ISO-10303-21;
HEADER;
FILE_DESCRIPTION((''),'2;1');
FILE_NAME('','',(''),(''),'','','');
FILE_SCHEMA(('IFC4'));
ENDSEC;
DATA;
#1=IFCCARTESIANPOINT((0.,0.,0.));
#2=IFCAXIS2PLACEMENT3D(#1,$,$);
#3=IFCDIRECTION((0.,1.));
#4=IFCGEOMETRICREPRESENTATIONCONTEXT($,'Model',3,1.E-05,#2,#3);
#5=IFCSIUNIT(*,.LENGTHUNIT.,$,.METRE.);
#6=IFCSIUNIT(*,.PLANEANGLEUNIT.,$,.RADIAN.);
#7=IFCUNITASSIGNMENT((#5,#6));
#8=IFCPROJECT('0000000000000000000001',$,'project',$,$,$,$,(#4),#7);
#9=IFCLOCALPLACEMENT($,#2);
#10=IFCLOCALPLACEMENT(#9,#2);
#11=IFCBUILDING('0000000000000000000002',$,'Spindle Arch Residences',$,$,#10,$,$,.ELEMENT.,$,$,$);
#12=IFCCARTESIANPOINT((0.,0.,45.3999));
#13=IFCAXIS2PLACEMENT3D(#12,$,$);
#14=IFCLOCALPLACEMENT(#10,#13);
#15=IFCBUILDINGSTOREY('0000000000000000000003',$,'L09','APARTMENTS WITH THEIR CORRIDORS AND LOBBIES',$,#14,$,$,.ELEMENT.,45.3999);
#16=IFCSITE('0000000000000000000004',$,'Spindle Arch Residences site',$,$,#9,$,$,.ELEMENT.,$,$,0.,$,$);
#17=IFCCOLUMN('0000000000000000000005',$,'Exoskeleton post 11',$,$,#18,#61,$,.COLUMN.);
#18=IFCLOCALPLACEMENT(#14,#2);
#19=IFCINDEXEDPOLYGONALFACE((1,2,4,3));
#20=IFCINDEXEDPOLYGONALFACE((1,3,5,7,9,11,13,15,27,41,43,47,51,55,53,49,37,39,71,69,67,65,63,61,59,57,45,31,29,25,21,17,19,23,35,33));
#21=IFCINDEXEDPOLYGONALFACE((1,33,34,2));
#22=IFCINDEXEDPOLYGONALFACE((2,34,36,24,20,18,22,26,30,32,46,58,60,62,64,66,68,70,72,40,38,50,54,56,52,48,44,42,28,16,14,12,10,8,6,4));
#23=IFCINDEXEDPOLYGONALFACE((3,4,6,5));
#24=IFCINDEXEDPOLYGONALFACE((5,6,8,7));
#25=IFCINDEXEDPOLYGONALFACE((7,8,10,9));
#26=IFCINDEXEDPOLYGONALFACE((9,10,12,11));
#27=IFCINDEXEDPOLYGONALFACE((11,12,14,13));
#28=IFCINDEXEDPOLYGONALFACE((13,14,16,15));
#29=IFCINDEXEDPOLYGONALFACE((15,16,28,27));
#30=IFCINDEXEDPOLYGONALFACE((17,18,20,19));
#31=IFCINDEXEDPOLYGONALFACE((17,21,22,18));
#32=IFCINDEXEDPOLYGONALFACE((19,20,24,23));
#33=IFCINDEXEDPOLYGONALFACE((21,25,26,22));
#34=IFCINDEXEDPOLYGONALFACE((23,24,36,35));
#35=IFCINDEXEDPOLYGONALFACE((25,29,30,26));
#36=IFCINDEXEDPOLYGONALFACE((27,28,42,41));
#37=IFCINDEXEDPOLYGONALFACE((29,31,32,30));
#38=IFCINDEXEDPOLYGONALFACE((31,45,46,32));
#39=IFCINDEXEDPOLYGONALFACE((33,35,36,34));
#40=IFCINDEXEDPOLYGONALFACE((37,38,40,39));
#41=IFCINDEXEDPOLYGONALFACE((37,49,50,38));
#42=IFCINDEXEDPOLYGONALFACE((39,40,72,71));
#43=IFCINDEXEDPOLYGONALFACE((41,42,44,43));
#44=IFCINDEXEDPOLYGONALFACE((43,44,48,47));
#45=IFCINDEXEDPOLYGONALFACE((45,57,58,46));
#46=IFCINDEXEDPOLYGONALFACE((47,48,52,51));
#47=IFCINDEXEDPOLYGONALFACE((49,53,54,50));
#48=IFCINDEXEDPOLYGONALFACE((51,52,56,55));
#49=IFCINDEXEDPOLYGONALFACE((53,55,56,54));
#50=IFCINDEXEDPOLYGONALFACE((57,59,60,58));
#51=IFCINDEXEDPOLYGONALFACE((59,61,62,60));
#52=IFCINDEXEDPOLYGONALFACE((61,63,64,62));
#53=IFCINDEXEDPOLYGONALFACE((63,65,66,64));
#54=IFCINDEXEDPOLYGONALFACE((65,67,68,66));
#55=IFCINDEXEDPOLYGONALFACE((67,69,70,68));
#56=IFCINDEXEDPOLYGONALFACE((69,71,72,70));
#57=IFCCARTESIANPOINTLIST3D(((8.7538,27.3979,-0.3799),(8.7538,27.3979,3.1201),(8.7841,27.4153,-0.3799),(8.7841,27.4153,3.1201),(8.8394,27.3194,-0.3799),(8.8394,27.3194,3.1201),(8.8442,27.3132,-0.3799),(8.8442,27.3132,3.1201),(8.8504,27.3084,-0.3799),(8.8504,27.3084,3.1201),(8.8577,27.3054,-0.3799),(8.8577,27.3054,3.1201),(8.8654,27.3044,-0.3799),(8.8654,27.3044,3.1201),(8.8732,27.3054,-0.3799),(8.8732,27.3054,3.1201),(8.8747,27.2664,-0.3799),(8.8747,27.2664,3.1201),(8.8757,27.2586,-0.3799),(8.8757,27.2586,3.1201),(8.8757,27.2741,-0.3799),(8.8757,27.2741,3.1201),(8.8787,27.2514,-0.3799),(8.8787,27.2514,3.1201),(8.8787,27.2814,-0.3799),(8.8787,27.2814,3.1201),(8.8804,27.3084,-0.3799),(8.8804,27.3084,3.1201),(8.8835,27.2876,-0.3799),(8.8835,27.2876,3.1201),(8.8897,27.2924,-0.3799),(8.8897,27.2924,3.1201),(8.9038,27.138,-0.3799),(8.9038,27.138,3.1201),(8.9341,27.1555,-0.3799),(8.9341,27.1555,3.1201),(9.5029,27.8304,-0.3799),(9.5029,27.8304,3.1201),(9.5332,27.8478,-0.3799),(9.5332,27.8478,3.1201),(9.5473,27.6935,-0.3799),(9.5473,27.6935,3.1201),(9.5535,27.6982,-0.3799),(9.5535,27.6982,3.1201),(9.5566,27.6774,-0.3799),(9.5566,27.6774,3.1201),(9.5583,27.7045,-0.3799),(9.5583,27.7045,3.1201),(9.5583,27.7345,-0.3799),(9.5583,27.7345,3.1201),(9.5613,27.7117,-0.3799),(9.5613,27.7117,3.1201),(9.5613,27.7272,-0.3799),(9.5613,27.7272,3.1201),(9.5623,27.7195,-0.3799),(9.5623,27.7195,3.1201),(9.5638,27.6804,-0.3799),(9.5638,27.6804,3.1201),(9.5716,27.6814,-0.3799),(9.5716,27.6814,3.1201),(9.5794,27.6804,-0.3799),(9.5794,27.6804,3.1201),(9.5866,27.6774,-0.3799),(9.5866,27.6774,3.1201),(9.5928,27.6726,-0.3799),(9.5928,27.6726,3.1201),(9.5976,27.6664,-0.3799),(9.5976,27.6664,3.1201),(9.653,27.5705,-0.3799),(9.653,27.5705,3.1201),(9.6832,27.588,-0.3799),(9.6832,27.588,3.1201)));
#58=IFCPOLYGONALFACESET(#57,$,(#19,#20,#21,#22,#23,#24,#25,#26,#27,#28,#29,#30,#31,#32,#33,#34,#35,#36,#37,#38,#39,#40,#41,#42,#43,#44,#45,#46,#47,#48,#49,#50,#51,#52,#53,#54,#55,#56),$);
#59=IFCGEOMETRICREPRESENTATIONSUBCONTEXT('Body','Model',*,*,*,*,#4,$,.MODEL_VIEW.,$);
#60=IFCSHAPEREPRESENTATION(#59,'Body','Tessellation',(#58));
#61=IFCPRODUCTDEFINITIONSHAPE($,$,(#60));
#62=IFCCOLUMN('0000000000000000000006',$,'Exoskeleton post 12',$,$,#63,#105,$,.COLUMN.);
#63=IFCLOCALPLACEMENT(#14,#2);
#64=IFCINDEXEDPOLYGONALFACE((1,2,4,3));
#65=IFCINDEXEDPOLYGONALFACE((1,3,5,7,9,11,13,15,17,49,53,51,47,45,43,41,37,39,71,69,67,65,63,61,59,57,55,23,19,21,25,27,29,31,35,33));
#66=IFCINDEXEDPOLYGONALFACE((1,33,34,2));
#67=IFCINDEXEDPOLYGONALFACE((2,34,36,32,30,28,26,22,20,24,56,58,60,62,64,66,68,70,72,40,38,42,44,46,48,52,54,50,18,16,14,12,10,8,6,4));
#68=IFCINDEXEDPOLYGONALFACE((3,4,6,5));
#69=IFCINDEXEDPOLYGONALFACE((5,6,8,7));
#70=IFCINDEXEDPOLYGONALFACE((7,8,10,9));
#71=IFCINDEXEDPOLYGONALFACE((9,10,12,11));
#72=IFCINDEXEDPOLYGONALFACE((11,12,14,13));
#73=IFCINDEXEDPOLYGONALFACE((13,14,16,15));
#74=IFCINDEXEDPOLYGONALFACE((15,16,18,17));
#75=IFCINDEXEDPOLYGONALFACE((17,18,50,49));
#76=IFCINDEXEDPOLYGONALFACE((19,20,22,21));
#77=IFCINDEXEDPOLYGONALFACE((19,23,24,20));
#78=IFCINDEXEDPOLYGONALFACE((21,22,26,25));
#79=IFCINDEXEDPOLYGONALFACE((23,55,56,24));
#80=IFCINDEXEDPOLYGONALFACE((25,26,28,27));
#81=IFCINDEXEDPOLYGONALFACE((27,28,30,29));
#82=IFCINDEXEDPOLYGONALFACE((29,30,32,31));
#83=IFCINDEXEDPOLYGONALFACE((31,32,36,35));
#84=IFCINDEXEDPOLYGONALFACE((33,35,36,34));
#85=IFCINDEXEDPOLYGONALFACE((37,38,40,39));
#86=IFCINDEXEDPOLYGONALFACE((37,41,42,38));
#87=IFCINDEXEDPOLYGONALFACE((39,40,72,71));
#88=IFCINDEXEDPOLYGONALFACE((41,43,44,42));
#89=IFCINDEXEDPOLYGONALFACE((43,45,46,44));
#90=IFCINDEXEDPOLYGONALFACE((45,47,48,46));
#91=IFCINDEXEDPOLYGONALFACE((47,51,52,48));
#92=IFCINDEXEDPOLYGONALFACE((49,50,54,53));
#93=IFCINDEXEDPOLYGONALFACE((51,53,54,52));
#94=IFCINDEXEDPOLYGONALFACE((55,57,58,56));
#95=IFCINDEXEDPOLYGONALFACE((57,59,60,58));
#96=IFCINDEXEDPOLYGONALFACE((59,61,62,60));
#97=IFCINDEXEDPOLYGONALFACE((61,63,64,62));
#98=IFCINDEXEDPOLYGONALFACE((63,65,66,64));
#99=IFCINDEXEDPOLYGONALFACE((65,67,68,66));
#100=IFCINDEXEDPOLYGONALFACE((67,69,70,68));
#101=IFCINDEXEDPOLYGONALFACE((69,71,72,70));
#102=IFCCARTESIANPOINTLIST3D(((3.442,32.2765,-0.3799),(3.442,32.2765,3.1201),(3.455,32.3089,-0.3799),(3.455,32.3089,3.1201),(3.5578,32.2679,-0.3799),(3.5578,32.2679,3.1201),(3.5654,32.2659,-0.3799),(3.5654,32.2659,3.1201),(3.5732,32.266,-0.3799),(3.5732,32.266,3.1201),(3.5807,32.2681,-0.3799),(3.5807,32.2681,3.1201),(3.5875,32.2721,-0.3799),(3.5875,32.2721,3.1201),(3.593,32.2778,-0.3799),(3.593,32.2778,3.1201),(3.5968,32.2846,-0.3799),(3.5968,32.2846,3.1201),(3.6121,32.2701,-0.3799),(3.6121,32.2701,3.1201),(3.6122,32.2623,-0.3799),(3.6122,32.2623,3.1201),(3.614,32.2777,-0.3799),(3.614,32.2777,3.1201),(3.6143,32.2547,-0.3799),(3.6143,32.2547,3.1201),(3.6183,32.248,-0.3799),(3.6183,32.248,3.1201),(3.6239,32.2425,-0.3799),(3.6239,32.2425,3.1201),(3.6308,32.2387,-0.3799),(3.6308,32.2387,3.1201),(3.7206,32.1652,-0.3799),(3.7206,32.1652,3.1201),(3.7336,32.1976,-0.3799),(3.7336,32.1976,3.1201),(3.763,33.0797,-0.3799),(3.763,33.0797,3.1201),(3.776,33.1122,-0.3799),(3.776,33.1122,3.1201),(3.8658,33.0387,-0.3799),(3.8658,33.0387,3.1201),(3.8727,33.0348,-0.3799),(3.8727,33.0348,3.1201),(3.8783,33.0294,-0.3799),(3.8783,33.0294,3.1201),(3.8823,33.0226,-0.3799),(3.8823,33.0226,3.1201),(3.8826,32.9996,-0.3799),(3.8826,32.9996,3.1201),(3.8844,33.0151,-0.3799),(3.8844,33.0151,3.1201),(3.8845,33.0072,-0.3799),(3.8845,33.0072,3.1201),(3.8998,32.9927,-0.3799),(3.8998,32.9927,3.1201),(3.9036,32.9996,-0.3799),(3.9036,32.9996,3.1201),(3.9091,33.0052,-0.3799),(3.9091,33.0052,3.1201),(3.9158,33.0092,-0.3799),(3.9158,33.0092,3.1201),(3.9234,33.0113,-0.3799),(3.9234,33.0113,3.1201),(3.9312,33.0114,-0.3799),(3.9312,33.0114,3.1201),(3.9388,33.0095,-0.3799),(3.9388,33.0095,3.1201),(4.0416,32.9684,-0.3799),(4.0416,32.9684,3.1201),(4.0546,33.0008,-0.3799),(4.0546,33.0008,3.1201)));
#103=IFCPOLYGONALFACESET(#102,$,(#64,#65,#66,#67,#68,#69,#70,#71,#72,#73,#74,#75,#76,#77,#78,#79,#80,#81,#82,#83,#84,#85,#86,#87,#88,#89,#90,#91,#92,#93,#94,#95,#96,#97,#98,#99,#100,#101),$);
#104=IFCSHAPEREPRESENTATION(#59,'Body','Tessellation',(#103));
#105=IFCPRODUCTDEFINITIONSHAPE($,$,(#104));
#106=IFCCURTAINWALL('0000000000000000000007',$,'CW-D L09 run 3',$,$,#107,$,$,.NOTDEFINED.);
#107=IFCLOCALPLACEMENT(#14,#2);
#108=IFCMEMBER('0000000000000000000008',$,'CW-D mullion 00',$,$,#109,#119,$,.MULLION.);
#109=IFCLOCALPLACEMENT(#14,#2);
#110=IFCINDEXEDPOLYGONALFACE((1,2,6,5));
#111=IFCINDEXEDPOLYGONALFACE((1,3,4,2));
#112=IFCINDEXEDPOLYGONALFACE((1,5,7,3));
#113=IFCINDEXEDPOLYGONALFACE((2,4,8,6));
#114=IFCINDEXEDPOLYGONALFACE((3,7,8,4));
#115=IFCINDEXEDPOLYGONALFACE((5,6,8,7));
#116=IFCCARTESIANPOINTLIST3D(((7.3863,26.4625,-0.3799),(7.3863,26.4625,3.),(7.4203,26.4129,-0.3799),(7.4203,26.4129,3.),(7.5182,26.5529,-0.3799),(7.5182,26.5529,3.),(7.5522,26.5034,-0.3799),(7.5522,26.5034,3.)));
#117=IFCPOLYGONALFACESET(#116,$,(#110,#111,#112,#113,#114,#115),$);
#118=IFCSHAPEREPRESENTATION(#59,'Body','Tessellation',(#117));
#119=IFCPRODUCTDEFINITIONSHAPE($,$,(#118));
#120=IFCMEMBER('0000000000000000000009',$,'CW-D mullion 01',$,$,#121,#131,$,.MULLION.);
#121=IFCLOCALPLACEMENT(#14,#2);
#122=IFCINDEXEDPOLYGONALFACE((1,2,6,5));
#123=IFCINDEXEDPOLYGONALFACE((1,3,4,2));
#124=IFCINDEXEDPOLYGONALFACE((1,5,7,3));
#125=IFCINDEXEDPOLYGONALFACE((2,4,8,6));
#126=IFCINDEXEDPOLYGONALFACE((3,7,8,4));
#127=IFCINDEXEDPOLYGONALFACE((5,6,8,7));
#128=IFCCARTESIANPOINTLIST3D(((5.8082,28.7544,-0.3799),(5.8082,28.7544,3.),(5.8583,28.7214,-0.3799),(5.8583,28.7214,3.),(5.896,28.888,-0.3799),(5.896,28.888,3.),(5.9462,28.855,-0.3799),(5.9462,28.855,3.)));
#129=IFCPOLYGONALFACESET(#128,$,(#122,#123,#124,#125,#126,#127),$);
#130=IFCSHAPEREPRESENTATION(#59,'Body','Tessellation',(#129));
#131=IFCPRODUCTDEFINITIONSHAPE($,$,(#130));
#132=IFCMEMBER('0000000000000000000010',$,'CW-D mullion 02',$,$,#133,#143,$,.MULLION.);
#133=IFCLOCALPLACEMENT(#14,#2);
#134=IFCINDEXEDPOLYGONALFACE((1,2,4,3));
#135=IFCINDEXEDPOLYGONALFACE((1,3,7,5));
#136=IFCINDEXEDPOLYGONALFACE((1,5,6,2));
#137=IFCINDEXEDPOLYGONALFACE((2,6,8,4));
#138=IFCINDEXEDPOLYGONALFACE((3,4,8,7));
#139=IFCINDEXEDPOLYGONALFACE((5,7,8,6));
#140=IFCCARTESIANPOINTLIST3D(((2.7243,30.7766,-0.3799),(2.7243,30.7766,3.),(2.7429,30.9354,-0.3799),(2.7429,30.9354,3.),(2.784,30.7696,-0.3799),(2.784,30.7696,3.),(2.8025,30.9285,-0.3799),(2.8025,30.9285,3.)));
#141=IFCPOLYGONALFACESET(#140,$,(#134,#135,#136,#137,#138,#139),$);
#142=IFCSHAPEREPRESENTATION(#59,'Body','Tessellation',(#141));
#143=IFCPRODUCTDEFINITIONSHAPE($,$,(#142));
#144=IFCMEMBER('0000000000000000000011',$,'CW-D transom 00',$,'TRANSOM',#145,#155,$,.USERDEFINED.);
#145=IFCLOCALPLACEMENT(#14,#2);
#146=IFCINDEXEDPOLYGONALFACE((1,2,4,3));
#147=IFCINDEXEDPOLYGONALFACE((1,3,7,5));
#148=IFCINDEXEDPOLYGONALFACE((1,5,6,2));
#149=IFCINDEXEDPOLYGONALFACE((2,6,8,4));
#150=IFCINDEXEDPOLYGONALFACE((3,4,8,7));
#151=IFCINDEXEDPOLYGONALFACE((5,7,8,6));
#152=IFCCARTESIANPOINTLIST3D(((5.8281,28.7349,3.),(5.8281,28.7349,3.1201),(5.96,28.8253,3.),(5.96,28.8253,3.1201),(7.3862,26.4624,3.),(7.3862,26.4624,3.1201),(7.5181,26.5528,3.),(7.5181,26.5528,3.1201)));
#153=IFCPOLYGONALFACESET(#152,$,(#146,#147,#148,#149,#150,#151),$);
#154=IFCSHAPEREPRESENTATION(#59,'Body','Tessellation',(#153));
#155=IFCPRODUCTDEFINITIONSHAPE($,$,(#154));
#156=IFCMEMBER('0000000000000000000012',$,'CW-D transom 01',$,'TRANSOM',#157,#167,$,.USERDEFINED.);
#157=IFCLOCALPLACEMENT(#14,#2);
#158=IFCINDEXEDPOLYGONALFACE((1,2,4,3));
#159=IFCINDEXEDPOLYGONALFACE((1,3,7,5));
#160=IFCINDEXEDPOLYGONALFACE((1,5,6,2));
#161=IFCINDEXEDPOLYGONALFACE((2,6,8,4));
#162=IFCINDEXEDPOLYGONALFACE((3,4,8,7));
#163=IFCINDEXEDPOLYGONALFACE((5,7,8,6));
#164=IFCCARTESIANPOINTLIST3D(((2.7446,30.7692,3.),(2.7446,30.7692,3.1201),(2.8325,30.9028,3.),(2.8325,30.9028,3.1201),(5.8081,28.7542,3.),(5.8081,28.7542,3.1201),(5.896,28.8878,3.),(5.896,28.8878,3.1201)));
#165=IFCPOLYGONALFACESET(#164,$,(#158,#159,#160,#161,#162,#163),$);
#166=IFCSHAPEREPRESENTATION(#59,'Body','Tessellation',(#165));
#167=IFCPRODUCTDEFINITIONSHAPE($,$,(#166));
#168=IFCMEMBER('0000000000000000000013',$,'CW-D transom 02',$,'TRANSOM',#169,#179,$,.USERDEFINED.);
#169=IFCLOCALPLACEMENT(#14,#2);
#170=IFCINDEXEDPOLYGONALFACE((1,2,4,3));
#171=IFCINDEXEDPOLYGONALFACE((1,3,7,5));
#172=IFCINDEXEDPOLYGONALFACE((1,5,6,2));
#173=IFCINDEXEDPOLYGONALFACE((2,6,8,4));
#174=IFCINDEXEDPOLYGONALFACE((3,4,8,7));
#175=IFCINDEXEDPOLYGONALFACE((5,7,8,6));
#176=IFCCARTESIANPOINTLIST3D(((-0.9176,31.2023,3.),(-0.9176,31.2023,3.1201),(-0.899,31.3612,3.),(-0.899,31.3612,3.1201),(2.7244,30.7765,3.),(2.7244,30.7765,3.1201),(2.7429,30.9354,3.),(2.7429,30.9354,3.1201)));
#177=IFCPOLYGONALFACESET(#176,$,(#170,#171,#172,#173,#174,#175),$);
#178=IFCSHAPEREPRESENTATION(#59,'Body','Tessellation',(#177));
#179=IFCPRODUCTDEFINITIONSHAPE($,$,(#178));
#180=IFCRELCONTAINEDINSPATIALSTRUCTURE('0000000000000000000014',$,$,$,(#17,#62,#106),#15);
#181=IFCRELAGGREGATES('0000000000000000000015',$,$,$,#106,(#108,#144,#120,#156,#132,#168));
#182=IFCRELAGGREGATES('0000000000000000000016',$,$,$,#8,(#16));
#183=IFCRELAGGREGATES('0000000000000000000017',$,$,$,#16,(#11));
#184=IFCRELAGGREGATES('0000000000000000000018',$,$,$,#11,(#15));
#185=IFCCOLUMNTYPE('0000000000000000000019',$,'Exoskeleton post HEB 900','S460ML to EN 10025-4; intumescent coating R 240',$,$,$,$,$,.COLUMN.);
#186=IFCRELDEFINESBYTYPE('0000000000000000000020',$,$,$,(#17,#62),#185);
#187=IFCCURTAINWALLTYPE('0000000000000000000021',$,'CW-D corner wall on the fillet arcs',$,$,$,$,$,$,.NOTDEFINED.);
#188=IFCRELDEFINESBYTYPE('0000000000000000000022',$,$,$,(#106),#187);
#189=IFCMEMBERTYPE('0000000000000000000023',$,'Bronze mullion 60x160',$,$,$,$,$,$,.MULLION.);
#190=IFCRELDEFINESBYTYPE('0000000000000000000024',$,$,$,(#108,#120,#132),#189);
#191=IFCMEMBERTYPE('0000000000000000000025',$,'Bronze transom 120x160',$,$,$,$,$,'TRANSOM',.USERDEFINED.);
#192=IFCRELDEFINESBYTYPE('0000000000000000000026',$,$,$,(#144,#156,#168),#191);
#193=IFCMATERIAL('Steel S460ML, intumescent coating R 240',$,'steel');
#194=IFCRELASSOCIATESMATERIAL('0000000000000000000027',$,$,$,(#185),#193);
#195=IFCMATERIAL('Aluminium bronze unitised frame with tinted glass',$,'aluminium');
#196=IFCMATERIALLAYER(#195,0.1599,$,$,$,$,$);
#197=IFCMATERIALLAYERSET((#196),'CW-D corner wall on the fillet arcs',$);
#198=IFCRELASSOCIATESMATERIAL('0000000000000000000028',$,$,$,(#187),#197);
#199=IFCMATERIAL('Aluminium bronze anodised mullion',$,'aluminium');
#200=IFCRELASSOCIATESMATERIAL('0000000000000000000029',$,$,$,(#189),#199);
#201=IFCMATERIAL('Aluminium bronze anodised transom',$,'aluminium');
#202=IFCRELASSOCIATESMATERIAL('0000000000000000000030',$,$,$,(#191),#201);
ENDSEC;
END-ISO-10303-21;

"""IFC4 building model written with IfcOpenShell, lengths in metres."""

from ifc_helpers import new_model, si_unit, direction, frame, origin, origin_2d, place, context, subcontext, project, spatial, rectangle, i_section, extrude, material, layer, layer_set, material_profile, profile_set, type_object, element, aggregate, save


model = new_model("IFC4")

# Units and contexts
model_context = context("Model", 3, precision=1e-05, world=origin(), true_north=direction((0.0, 1.0)))
body_context = subcontext(model_context, "Body", "Model", "MODEL_VIEW")
ifc_project = project(units=[si_unit("LENGTHUNIT", "METRE"), si_unit("PLANEANGLEUNIT", "RADIAN")], contexts=[model_context])

# Site, building, storey
site_placement = place(None, origin())
site = spatial("IfcSite", under=ifc_project, at=site_placement, Name="Spindle Arch Residences site", CompositionType="ELEMENT", RefElevation=0.0)
building_placement = place(site_placement, origin())
building = spatial("IfcBuilding", under=site, at=building_placement, Name="Spindle Arch Residences", CompositionType="ELEMENT")
storey_placement = place(building_placement, frame((0.0, 0.0, 45.3999)))
storey = spatial("IfcBuildingStorey", under=building, at=storey_placement, Name="L09", Description="APARTMENTS WITH THEIR CORRIDORS AND LOBBIES", CompositionType="ELEMENT", Elevation=45.3999)

# Columns
ifc_material_1 = material(Name="Steel S460ML, intumescent coating R 240", Category="steel")
ifc_material_profile_1 = material_profile(ifc_material_1, i_section(OverallWidth=0.3, OverallDepth=0.8999, WebThickness=0.0186, FlangeThickness=0.0349, FilletRadius=0.03, at=origin_2d()), Name="HEB 900")
ifc_profile_set_1 = profile_set([ifc_material_profile_1], Name="Steel S460ML, intumescent coating R 240")
column_type = type_object("IfcColumnType", Name="Exoskeleton post HEB 900", Description="S460ML to EN 10025-4; intumescent coating R 240", PredefinedType="COLUMN", material=ifc_profile_set_1)
for number, where, z_axis, x_axis, name in (
    (1, (9.2185, 27.4929, -0.3799), (0.0, 0.0, 1.0), (0.5, -0.866025, 0.0), "Exoskeleton post 11"),
    (2, (3.7483, 32.6387, -0.3799), (0.0, 0.0, 1.0), (0.92859, -0.371108, 0.0), "Exoskeleton post 12"),
):
    element("IfcColumn", number, at=place(storey_placement, frame(where, z_axis=z_axis, x_axis=x_axis)), inside=storey, type_object=column_type, Name=name, PredefinedType="COLUMN", context=body_context, shape_type="SweptSolid", body=[
        extrude(i_section(OverallWidth=0.3, OverallDepth=0.8999, WebThickness=0.0186, FlangeThickness=0.0349, FilletRadius=0.03, at=origin_2d()), origin(), (0.0, 0.0, 1.0), 3.5),
    ])

# Curtain wall, members
ifc_material_2 = material(Name="Aluminium bronze unitised frame with tinted glass", Category="aluminium")
ifc_layer_1 = layer(ifc_material_2, 0.1599)
ifc_layer_set_1 = layer_set([ifc_layer_1], Name="CW-D corner wall on the fillet arcs")
curtain_wall_type_1 = type_object("IfcCurtainWallType", Name="CW-D corner wall on the fillet arcs", PredefinedType="NOTDEFINED", material=ifc_layer_set_1)
curtain_wall_1_placement = place(storey_placement, origin())
curtain_wall_1 = element("IfcCurtainWall", 3, at=curtain_wall_1_placement, inside=storey, type_object=curtain_wall_type_1, Name="CW-D L09 run 3", PredefinedType="NOTDEFINED")
ifc_material_3 = material(Name="Aluminium bronze anodised mullion", Category="aluminium")
ifc_material_profile_2 = material_profile(ifc_material_3, rectangle(XDim=0.1599, YDim=0.0601, at=origin_2d()), Name="MU 60x160")
ifc_profile_set_2 = profile_set([ifc_material_profile_2], Name="Aluminium bronze anodised mullion")
member_type_1 = type_object("IfcMemberType", Name="Bronze mullion 60x160", PredefinedType="MULLION", material=ifc_profile_set_2)
member_1_placement = place(storey_placement, frame((7.4692, 26.4829, -0.3799), z_axis=(0.0, 0.0, 1.0), x_axis=(-0.824748, -0.565501, 0.0)))
member_1 = element("IfcMember", 4, at=member_1_placement, type_object=member_type_1, Name="CW-D mullion 00", PredefinedType="MULLION", context=body_context, shape_type="SweptSolid", body=[
    extrude(rectangle(XDim=0.1599, YDim=0.0601, at=origin_2d()), origin(), (0.0, 0.0, 1.0), 3.3799),
])
member_2_placement = place(storey_placement, frame((5.8772, 28.8047, -0.3799), z_axis=(0.0, 0.0, 1.0), x_axis=(-0.549509, -0.835488, 0.0)))
member_2 = element("IfcMember", 5, at=member_2_placement, type_object=member_type_1, Name="CW-D mullion 01", PredefinedType="MULLION", context=body_context, shape_type="SweptSolid", body=[
    extrude(rectangle(XDim=0.1599, YDim=0.0601, at=origin_2d()), origin(), (0.0, 0.0, 1.0), 3.3799),
])
member_3_placement = place(storey_placement, frame((2.7634, 30.8525, -0.3799), z_axis=(0.0, 0.0, 1.0), x_axis=(-0.116093, -0.993238, 0.0)))
member_3 = element("IfcMember", 6, at=member_3_placement, type_object=member_type_1, Name="CW-D mullion 02", PredefinedType="MULLION", context=body_context, shape_type="SweptSolid", body=[
    extrude(rectangle(XDim=0.1599, YDim=0.0601, at=origin_2d()), origin(), (0.0, 0.0, 1.0), 3.3799),
])
ifc_material_4 = material(Name="Aluminium bronze anodised transom", Category="aluminium")
ifc_material_profile_3 = material_profile(ifc_material_4, rectangle(XDim=0.1599, YDim=0.1201, at=origin_2d()), Name="TR 120x160")
ifc_profile_set_3 = profile_set([ifc_material_profile_3], Name="Aluminium bronze anodised transom")
member_type_2 = type_object("IfcMemberType", Name="Bronze transom 120x160", ElementType="TRANSOM", PredefinedType="USERDEFINED", material=ifc_profile_set_3)
member_4_placement = place(storey_placement, frame((7.4521, 26.5076, 3.0601), z_axis=(-0.56549, 0.824755, 0.0), x_axis=(-0.824755, -0.56549, 0.0)))
member_4 = element("IfcMember", 7, at=member_4_placement, type_object=member_type_2, Name="CW-D transom 00", ObjectType="TRANSOM", PredefinedType="USERDEFINED", context=body_context, shape_type="SweptSolid", body=[
    extrude(rectangle(XDim=0.1599, YDim=0.1201, at=origin_2d()), origin(), (0.0, 0.0, 1.0), 2.7554),
])
member_5_placement = place(storey_placement, frame((5.8521, 28.821, 3.0601), z_axis=(-0.835486, 0.549511, 0.0), x_axis=(-0.549511, -0.835486, 0.0)))
member_5 = element("IfcMember", 8, at=member_5_placement, type_object=member_type_2, Name="CW-D transom 01", ObjectType="TRANSOM", PredefinedType="USERDEFINED", context=body_context, shape_type="SweptSolid", body=[
    extrude(rectangle(XDim=0.1599, YDim=0.1201, at=origin_2d()), origin(), (0.0, 0.0, 1.0), 3.6667),
])
member_6_placement = place(storey_placement, frame((2.7336, 30.856, 3.0601), z_axis=(-0.993235, 0.116123, 0.0), x_axis=(-0.116123, -0.993235, 0.0)))
member_6 = element("IfcMember", 9, at=member_6_placement, type_object=member_type_2, Name="CW-D transom 02", ObjectType="TRANSOM", PredefinedType="USERDEFINED", context=body_context, shape_type="SweptSolid", body=[
    extrude(rectangle(XDim=0.1599, YDim=0.1201, at=origin_2d()), origin(), (0.0, 0.0, 1.0), 3.6667),
])

aggregate(curtain_wall_1, [member_1, member_4, member_2, member_5, member_3, member_6])

save(model, "model.ifc")
